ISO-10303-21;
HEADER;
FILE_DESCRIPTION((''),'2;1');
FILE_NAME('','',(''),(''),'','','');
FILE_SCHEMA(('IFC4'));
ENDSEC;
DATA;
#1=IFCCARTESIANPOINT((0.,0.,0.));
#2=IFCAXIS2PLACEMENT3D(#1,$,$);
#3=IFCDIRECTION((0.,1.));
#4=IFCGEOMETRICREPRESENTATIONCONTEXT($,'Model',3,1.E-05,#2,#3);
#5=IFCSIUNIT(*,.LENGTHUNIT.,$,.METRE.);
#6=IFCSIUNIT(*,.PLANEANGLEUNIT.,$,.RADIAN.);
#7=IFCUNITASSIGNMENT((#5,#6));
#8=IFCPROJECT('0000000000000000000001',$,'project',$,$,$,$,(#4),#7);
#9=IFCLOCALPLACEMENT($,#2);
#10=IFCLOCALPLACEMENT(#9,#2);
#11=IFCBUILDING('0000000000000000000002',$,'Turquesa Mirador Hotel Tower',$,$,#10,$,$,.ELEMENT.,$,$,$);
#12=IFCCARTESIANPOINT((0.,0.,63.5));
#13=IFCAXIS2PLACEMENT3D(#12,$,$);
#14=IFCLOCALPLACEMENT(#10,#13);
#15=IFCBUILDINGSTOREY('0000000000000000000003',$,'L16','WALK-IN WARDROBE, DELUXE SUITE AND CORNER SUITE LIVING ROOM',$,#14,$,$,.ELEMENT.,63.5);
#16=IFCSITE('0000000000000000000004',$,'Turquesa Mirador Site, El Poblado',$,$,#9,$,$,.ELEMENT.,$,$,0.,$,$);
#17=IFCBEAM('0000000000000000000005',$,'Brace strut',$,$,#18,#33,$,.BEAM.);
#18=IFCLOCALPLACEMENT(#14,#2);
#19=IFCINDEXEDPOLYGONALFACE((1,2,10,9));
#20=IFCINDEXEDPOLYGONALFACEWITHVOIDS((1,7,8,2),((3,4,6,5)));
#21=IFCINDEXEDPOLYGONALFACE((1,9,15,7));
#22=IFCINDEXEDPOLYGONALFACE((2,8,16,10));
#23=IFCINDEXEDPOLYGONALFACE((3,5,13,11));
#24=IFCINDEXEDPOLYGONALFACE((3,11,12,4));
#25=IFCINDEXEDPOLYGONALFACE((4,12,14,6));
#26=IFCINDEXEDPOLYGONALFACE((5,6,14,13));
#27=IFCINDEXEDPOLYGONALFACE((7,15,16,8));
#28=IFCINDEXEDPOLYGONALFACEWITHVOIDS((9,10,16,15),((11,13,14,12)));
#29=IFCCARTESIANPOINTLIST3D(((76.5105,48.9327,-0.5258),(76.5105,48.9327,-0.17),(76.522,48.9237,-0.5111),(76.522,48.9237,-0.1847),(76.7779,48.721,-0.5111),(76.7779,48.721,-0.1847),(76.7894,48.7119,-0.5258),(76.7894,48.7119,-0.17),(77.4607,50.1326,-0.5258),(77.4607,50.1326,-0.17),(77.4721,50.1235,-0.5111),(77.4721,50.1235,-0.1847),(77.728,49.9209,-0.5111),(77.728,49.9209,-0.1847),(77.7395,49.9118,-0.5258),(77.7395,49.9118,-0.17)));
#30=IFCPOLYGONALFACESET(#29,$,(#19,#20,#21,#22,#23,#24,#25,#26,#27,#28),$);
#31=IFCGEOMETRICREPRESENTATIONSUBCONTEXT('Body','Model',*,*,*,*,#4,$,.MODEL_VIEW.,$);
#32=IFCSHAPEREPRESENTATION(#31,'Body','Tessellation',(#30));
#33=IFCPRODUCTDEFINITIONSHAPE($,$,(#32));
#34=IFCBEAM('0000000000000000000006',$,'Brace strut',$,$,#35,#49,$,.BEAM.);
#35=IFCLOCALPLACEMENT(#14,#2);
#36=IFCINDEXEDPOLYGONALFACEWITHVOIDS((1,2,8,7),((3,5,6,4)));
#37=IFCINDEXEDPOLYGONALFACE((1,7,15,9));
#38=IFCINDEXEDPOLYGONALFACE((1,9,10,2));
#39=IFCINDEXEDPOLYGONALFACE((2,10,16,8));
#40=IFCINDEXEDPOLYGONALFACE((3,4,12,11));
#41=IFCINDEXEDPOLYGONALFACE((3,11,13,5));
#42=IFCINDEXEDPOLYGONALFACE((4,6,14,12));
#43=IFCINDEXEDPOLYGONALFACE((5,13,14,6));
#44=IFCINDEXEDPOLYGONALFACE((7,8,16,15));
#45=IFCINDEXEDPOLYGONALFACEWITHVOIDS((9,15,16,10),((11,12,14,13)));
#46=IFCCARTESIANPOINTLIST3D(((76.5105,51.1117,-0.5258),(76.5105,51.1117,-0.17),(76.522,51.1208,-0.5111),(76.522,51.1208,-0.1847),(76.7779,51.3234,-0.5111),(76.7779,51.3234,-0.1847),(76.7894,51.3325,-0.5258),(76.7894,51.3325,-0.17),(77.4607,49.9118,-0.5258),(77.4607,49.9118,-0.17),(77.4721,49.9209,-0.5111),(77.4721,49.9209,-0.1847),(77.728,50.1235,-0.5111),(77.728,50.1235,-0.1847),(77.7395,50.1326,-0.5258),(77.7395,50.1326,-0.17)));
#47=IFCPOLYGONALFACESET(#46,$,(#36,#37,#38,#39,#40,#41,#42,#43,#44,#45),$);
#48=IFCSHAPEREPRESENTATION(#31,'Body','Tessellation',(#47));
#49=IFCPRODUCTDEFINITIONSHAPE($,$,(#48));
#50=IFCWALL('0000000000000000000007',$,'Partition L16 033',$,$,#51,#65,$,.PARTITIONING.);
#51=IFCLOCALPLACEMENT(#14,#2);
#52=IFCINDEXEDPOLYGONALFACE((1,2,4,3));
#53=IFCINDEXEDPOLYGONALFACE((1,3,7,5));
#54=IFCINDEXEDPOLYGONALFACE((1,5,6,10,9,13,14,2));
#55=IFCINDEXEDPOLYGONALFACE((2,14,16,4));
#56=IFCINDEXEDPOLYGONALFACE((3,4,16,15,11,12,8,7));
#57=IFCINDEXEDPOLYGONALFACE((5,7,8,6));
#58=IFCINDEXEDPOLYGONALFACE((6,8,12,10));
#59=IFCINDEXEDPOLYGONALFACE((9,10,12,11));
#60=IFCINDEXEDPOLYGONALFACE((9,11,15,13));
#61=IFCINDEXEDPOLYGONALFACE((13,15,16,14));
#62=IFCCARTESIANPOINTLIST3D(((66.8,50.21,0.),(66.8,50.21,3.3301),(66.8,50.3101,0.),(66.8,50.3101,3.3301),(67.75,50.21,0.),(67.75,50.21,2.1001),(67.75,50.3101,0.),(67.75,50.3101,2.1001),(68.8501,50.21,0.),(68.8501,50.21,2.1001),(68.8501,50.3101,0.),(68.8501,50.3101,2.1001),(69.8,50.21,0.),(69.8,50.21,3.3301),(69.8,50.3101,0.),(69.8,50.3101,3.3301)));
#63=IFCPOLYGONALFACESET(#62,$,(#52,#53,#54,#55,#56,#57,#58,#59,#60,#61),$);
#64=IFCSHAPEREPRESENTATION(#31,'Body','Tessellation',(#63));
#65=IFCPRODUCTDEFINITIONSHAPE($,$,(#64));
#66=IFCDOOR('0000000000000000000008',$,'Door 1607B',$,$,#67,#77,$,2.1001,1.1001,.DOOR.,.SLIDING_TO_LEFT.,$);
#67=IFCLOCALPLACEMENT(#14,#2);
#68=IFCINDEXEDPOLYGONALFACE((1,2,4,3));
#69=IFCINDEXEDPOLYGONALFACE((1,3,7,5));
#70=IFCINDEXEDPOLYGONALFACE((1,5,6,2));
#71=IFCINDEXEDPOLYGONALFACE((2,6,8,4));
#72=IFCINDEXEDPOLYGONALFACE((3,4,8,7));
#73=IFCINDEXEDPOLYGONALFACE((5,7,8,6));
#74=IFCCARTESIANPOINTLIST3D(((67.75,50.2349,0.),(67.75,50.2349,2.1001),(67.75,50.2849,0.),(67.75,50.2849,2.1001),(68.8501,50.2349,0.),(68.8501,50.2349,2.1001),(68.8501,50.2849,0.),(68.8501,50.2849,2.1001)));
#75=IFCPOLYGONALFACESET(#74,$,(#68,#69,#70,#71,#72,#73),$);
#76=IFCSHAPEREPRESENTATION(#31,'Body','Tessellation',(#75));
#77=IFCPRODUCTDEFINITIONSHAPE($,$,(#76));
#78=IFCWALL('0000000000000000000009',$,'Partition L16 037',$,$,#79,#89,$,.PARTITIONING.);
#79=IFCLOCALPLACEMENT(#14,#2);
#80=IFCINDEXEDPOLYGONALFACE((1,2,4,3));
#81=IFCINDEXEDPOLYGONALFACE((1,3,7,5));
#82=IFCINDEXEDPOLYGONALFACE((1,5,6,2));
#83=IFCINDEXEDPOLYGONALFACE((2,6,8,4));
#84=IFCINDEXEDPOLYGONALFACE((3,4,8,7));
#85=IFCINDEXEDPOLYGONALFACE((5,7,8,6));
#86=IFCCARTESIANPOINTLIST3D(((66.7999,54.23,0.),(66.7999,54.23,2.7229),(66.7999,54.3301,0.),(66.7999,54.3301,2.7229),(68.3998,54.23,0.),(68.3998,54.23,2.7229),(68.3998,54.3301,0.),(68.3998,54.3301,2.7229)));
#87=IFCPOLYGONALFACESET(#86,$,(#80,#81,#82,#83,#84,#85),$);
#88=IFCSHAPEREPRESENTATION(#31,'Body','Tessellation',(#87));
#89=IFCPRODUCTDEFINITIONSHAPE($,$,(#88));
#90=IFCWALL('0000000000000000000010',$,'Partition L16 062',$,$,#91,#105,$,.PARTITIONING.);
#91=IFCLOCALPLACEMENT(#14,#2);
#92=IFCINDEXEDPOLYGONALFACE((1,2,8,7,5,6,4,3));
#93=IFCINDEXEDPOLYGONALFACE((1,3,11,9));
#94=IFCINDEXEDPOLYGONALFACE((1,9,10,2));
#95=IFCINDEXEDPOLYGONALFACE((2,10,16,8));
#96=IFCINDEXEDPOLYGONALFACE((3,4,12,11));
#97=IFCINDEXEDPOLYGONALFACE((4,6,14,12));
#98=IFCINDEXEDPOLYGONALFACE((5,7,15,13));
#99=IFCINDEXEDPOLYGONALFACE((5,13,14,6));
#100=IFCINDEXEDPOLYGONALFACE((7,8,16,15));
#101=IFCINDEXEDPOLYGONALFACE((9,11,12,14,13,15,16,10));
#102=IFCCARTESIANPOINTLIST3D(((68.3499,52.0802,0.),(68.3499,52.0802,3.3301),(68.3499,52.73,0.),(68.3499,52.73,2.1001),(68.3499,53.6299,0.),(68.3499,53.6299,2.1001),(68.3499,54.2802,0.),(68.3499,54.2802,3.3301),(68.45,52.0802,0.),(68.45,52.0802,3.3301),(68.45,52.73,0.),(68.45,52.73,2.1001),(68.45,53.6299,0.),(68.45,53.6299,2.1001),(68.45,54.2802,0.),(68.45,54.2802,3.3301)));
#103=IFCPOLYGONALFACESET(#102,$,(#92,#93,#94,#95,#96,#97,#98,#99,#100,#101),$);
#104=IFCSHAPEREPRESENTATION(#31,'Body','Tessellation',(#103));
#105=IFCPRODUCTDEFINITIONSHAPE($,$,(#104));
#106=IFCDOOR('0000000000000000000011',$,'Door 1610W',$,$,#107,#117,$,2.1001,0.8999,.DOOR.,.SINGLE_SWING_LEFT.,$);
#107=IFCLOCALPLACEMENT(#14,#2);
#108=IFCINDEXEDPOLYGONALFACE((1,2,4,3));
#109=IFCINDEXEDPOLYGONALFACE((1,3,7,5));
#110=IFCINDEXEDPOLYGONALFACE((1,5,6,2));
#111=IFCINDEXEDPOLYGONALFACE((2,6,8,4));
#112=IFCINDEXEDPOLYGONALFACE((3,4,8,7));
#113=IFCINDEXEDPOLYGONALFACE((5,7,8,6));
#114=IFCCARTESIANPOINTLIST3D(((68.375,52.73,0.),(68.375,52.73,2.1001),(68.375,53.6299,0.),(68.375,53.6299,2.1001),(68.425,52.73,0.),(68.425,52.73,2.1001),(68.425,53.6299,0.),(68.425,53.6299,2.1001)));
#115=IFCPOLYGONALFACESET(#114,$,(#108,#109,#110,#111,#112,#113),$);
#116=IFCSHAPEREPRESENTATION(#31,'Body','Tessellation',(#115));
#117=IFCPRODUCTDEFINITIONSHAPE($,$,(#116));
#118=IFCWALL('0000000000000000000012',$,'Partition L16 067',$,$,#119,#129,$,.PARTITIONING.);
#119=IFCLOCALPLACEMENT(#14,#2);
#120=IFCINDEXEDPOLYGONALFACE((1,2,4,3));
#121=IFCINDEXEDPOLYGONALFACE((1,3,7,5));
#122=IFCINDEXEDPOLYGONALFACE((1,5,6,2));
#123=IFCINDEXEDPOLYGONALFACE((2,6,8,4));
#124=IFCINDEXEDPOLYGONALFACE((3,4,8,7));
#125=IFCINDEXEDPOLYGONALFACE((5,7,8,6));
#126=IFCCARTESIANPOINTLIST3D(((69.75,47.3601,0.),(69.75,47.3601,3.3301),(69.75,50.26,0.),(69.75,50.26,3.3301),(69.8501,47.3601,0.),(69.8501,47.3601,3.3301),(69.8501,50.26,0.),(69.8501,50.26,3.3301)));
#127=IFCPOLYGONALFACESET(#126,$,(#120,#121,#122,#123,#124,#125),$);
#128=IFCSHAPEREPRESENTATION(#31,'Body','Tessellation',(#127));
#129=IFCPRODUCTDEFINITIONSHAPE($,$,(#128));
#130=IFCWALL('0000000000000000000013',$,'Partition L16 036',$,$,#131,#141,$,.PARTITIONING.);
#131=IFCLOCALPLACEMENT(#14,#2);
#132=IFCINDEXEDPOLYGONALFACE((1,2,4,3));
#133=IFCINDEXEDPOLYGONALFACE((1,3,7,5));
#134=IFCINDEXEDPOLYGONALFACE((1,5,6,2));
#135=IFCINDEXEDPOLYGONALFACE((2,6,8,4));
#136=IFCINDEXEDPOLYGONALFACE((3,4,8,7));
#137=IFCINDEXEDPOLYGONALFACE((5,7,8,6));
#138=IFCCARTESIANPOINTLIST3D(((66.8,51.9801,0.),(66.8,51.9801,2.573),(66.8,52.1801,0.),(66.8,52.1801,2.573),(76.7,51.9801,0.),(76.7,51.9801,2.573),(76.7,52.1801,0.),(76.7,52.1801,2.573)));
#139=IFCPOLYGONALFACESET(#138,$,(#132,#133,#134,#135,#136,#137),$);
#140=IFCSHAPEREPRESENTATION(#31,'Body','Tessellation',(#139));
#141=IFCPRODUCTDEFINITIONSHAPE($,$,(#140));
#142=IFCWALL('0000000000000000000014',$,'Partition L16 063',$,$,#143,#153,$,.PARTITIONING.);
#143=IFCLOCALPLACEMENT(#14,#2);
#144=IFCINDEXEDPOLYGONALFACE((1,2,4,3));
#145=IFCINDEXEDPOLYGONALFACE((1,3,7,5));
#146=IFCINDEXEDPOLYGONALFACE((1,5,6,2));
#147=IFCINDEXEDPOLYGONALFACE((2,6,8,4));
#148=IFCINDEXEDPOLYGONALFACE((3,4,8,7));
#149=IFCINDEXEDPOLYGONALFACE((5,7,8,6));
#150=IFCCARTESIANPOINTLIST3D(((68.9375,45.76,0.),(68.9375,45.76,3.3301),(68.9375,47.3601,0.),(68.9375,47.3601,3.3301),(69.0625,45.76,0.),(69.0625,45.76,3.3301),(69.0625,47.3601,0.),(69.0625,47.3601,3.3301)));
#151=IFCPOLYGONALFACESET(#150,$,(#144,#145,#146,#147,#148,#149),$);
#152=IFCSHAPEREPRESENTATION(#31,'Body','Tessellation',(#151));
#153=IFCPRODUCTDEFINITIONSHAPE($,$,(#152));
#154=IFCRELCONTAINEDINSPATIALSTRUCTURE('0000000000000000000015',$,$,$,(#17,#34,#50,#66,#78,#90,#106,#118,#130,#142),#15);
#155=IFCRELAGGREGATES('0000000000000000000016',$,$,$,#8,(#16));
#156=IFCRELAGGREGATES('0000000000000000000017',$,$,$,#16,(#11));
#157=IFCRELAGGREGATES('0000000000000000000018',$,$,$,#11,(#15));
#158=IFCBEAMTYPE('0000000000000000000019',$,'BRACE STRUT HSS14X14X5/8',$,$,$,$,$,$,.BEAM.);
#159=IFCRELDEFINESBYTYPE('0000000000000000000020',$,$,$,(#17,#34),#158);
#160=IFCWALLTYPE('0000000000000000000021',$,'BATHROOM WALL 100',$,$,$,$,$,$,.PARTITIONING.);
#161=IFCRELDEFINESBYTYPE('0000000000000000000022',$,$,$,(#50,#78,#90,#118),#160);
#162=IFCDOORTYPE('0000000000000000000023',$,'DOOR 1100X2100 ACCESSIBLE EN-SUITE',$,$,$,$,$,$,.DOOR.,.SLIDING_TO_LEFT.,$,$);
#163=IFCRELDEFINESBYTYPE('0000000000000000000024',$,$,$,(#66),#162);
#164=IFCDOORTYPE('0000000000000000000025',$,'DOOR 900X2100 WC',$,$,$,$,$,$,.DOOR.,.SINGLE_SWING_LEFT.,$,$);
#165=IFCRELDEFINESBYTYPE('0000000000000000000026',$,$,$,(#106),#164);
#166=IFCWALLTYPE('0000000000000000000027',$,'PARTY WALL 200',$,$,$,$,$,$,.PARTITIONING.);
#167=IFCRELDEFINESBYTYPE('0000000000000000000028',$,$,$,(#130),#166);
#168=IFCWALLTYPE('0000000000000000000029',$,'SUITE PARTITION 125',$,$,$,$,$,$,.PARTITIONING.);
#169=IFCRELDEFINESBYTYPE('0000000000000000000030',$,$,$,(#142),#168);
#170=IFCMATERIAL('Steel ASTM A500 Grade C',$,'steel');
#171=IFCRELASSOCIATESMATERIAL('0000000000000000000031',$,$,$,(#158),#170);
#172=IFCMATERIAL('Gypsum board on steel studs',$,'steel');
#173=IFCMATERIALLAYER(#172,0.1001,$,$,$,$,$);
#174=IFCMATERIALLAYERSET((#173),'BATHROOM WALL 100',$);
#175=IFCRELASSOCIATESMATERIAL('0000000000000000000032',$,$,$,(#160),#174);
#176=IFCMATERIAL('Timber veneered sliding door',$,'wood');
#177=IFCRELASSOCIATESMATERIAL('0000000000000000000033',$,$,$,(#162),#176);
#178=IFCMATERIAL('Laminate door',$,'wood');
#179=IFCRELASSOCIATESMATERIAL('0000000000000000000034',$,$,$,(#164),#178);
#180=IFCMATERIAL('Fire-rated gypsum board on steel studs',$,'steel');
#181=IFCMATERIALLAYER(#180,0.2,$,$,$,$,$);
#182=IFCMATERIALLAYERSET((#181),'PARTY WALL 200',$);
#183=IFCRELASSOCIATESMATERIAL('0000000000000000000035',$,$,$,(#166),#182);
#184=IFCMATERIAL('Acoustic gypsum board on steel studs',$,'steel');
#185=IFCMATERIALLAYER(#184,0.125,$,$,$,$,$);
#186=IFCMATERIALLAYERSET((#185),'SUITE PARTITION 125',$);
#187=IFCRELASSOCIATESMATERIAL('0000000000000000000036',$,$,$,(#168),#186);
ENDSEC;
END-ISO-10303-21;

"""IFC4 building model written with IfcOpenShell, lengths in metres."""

from ifc_helpers import new_model, si_unit, direction, frame, frame_2d, origin, origin_2d, place, context, subcontext, project, spatial, rectangle, hollow_rectangle, extrude, material, layer, layer_set, material_profile, profile_set, type_object, element, fill, save


model = new_model("IFC4")

# Units and contexts
model_context = context("Model", 3, precision=1e-05, world=origin(), true_north=direction((0.0, 1.0)))
body_context = subcontext(model_context, "Body", "Model", "MODEL_VIEW")
ifc_project = project(units=[si_unit("LENGTHUNIT", "METRE"), si_unit("PLANEANGLEUNIT", "RADIAN")], contexts=[model_context])

# Site, building, storey
site_placement = place(None, origin())
site = spatial("IfcSite", under=ifc_project, at=site_placement, Name="Turquesa Mirador Site, El Poblado", CompositionType="ELEMENT", RefElevation=0.0)
building_placement = place(site_placement, origin())
building = spatial("IfcBuilding", under=site, at=building_placement, Name="Turquesa Mirador Hotel Tower", CompositionType="ELEMENT")
storey_placement = place(building_placement, frame((0.0, 0.0, 63.5)))
storey = spatial("IfcBuildingStorey", under=building, at=storey_placement, Name="L16", Description="WALK-IN WARDROBE, DELUXE SUITE AND CORNER SUITE LIVING ROOM", CompositionType="ELEMENT", Elevation=63.5)

# Beams
ifc_material_1 = material(Name="Steel ASTM A500 Grade C", Category="steel")
ifc_material_profile_1 = material_profile(ifc_material_1, hollow_rectangle(XDim=0.3557, YDim=0.3557, WallThickness=0.0146, at=origin_2d()), Name="HSS14X14X5/8")
ifc_profile_set_1 = profile_set([ifc_material_profile_1], Name="Steel ASTM A500 Grade C")
beam_type_1 = type_object("IfcBeamType", Name="BRACE STRUT HSS14X14X5/8", PredefinedType="BEAM", material=ifc_profile_set_1)
for number, where, z_axis, x_axis, name in (
    (1, (77.6001, 50.0222, -0.3479), (-0.620797, -0.783971, 0.0), (0.783971, -0.620797, 0.0), "Brace strut"),
    (2, (77.6001, 50.0222, -0.3479), (-0.620797, 0.783971, 0.0), (-0.783971, -0.620797, 0.0), "Brace strut"),
):
    element("IfcBeam", number, at=place(storey_placement, frame(where, z_axis=z_axis, x_axis=x_axis)), inside=storey, type_object=beam_type_1, Name=name, PredefinedType="BEAM", context=body_context, shape_type="SweptSolid", body=[
        extrude(hollow_rectangle(XDim=0.3557, YDim=0.3557, WallThickness=0.0146, at=origin_2d()), origin(), (0.0, 0.0, 1.0), 1.5305),
    ])

# Wall, opening, door
ifc_material_2 = material(Name="Gypsum board on steel studs", Category="steel")
ifc_layer_1 = layer(ifc_material_2, 0.1001)
ifc_layer_set_1 = layer_set([ifc_layer_1], Name="BATHROOM WALL 100")
wall_type_1 = type_object("IfcWallType", Name="BATHROOM WALL 100", PredefinedType="PARTITIONING", material=ifc_layer_set_1)
wall_1_placement = place(storey_placement, frame((66.8, 50.26, 0.0), z_axis=(0.0, 0.0, 1.0), x_axis=(1.0, 0.0, 0.0)))
wall_1 = element("IfcWall", 3, at=wall_1_placement, inside=storey, type_object=wall_type_1, Name="Partition L16 033", PredefinedType="PARTITIONING", context=body_context, shape_type="SweptSolid", body=[
    extrude(rectangle(XDim=3.0, YDim=0.1001, at=frame_2d((1.5, 0.0))), origin(), (0.0, 0.0, 1.0), 3.3301),
])
opening_1_placement = place(wall_1_placement, frame((0.95, 0.0, 0.0)))
opening_1 = element("IfcOpeningElement", 4, at=opening_1_placement, cuts=wall_1, PredefinedType="OPENING", context=body_context, shape_type="SweptSolid", body=[
    extrude(rectangle(XDim=1.1001, YDim=2.1001, at=frame_2d((0.55, 1.05))), frame((0.0, 0.0601, 0.0), z_axis=(0.0, -1.0, 0.0), x_axis=(1.0, 0.0, 0.0)), (0.0, 0.0, 1.0), 0.1201),
])
ifc_material_3 = material(Name="Timber veneered sliding door", Category="wood")
door_type_1 = type_object("IfcDoorType", Name="DOOR 1100X2100 ACCESSIBLE EN-SUITE", OperationType="SLIDING_TO_LEFT", PredefinedType="DOOR", material=ifc_material_3)
door_1_placement = place(opening_1_placement, origin())
door_1 = element("IfcDoor", 5, at=door_1_placement, inside=storey, type_object=door_type_1, Name="Door 1607B", OperationType="SLIDING_TO_LEFT", OverallHeight=2.1001, OverallWidth=1.1001, PredefinedType="DOOR", context=body_context, shape_type="SweptSolid", body=[
    extrude(rectangle(XDim=1.1001, YDim=2.1001, at=frame_2d((0.55, 1.05))), frame((0.0, 0.0249, 0.0), z_axis=(0.0, -1.0, 0.0), x_axis=(1.0, 0.0, 0.0)), (0.0, 0.0, 1.0), 0.05),
])
fill(opening_1, door_1)

# Wall
wall_2_placement = place(storey_placement, frame((66.8, 54.28, 0.0), z_axis=(0.0, 0.0, 1.0), x_axis=(1.0, 0.0, 0.0)))
element("IfcWall", 6, at=wall_2_placement, inside=storey, type_object=wall_type_1, Name="Partition L16 037", PredefinedType="PARTITIONING", context=body_context, shape_type="SweptSolid", body=[
    extrude(rectangle(XDim=1.5999, YDim=0.1001, at=frame_2d((0.7998, 0.0))), origin(), (0.0, 0.0, 1.0), 2.7229),
])

# Wall, opening, door
wall_3_placement = place(storey_placement, frame((68.3999, 52.0801, 0.0), z_axis=(0.0, 0.0, 1.0), x_axis=(0.0, 1.0, 0.0)))
wall_3 = element("IfcWall", 7, at=wall_3_placement, inside=storey, type_object=wall_type_1, Name="Partition L16 062", PredefinedType="PARTITIONING", context=body_context, shape_type="SweptSolid", body=[
    extrude(rectangle(XDim=2.2, YDim=0.1001, at=frame_2d((1.1001, 0.0))), origin(), (0.0, 0.0, 1.0), 3.3301),
])
opening_2_placement = place(wall_3_placement, frame((0.6499, 0.0, 0.0)))
opening_2 = element("IfcOpeningElement", 8, at=opening_2_placement, cuts=wall_3, PredefinedType="OPENING", context=body_context, shape_type="SweptSolid", body=[
    extrude(rectangle(XDim=0.8999, YDim=2.1001, at=frame_2d((0.45, 1.05))), frame((0.0, 0.0601, 0.0), z_axis=(0.0, -1.0, 0.0), x_axis=(1.0, 0.0, 0.0)), (0.0, 0.0, 1.0), 0.1201),
])
ifc_material_4 = material(Name="Laminate door", Category="wood")
door_type_2 = type_object("IfcDoorType", Name="DOOR 900X2100 WC", OperationType="SINGLE_SWING_LEFT", PredefinedType="DOOR", material=ifc_material_4)
door_2_placement = place(opening_2_placement, origin())
door_2 = element("IfcDoor", 9, at=door_2_placement, inside=storey, type_object=door_type_2, Name="Door 1610W", OperationType="SINGLE_SWING_LEFT", OverallHeight=2.1001, OverallWidth=0.8999, PredefinedType="DOOR", context=body_context, shape_type="SweptSolid", body=[
    extrude(rectangle(XDim=0.8999, YDim=2.1001, at=frame_2d((0.45, 1.05))), frame((0.0, 0.0249, 0.0), z_axis=(0.0, -1.0, 0.0), x_axis=(1.0, 0.0, 0.0)), (0.0, 0.0, 1.0), 0.05),
])
fill(opening_2, door_2)

# Walls
wall_4_placement = place(storey_placement, frame((69.8, 47.3601, 0.0), z_axis=(0.0, 0.0, 1.0), x_axis=(0.0, 1.0, 0.0)))
element("IfcWall", 10, at=wall_4_placement, inside=storey, type_object=wall_type_1, Name="Partition L16 067", PredefinedType="PARTITIONING", context=body_context, shape_type="SweptSolid", body=[
    extrude(rectangle(XDim=2.8999, YDim=0.1001, at=frame_2d((1.45, 0.0))), origin(), (0.0, 0.0, 1.0), 3.3301),
])
ifc_material_5 = material(Name="Fire-rated gypsum board on steel studs", Category="steel")
ifc_layer_2 = layer(ifc_material_5, 0.2)
ifc_layer_set_2 = layer_set([ifc_layer_2], Name="PARTY WALL 200")
wall_type_2 = type_object("IfcWallType", Name="PARTY WALL 200", PredefinedType="PARTITIONING", material=ifc_layer_set_2)
wall_5_placement = place(storey_placement, frame((66.8, 52.0801, 0.0), z_axis=(0.0, 0.0, 1.0), x_axis=(1.0, 0.0, 0.0)))
element("IfcWall", 11, at=wall_5_placement, inside=storey, type_object=wall_type_2, Name="Partition L16 036", PredefinedType="PARTITIONING", context=body_context, shape_type="SweptSolid", body=[
    extrude(rectangle(XDim=9.8999, YDim=0.2, at=frame_2d((4.95, 0.0))), origin(), (0.0, 0.0, 1.0), 2.573),
])
ifc_material_6 = material(Name="Acoustic gypsum board on steel studs", Category="steel")
ifc_layer_3 = layer(ifc_material_6, 0.125)
ifc_layer_set_3 = layer_set([ifc_layer_3], Name="SUITE PARTITION 125")
wall_type_3 = type_object("IfcWallType", Name="SUITE PARTITION 125", PredefinedType="PARTITIONING", material=ifc_layer_set_3)
wall_6_placement = place(storey_placement, frame((69.0, 45.76, 0.0), z_axis=(0.0, 0.0, 1.0), x_axis=(0.0, 1.0, 0.0)))
element("IfcWall", 12, at=wall_6_placement, inside=storey, type_object=wall_type_3, Name="Partition L16 063", PredefinedType="PARTITIONING", context=body_context, shape_type="SweptSolid", body=[
    extrude(rectangle(XDim=1.6001, YDim=0.125, at=frame_2d((0.8, 0.0))), origin(), (0.0, 0.0, 1.0), 3.3301),
])

save(model, "model.ifc")
